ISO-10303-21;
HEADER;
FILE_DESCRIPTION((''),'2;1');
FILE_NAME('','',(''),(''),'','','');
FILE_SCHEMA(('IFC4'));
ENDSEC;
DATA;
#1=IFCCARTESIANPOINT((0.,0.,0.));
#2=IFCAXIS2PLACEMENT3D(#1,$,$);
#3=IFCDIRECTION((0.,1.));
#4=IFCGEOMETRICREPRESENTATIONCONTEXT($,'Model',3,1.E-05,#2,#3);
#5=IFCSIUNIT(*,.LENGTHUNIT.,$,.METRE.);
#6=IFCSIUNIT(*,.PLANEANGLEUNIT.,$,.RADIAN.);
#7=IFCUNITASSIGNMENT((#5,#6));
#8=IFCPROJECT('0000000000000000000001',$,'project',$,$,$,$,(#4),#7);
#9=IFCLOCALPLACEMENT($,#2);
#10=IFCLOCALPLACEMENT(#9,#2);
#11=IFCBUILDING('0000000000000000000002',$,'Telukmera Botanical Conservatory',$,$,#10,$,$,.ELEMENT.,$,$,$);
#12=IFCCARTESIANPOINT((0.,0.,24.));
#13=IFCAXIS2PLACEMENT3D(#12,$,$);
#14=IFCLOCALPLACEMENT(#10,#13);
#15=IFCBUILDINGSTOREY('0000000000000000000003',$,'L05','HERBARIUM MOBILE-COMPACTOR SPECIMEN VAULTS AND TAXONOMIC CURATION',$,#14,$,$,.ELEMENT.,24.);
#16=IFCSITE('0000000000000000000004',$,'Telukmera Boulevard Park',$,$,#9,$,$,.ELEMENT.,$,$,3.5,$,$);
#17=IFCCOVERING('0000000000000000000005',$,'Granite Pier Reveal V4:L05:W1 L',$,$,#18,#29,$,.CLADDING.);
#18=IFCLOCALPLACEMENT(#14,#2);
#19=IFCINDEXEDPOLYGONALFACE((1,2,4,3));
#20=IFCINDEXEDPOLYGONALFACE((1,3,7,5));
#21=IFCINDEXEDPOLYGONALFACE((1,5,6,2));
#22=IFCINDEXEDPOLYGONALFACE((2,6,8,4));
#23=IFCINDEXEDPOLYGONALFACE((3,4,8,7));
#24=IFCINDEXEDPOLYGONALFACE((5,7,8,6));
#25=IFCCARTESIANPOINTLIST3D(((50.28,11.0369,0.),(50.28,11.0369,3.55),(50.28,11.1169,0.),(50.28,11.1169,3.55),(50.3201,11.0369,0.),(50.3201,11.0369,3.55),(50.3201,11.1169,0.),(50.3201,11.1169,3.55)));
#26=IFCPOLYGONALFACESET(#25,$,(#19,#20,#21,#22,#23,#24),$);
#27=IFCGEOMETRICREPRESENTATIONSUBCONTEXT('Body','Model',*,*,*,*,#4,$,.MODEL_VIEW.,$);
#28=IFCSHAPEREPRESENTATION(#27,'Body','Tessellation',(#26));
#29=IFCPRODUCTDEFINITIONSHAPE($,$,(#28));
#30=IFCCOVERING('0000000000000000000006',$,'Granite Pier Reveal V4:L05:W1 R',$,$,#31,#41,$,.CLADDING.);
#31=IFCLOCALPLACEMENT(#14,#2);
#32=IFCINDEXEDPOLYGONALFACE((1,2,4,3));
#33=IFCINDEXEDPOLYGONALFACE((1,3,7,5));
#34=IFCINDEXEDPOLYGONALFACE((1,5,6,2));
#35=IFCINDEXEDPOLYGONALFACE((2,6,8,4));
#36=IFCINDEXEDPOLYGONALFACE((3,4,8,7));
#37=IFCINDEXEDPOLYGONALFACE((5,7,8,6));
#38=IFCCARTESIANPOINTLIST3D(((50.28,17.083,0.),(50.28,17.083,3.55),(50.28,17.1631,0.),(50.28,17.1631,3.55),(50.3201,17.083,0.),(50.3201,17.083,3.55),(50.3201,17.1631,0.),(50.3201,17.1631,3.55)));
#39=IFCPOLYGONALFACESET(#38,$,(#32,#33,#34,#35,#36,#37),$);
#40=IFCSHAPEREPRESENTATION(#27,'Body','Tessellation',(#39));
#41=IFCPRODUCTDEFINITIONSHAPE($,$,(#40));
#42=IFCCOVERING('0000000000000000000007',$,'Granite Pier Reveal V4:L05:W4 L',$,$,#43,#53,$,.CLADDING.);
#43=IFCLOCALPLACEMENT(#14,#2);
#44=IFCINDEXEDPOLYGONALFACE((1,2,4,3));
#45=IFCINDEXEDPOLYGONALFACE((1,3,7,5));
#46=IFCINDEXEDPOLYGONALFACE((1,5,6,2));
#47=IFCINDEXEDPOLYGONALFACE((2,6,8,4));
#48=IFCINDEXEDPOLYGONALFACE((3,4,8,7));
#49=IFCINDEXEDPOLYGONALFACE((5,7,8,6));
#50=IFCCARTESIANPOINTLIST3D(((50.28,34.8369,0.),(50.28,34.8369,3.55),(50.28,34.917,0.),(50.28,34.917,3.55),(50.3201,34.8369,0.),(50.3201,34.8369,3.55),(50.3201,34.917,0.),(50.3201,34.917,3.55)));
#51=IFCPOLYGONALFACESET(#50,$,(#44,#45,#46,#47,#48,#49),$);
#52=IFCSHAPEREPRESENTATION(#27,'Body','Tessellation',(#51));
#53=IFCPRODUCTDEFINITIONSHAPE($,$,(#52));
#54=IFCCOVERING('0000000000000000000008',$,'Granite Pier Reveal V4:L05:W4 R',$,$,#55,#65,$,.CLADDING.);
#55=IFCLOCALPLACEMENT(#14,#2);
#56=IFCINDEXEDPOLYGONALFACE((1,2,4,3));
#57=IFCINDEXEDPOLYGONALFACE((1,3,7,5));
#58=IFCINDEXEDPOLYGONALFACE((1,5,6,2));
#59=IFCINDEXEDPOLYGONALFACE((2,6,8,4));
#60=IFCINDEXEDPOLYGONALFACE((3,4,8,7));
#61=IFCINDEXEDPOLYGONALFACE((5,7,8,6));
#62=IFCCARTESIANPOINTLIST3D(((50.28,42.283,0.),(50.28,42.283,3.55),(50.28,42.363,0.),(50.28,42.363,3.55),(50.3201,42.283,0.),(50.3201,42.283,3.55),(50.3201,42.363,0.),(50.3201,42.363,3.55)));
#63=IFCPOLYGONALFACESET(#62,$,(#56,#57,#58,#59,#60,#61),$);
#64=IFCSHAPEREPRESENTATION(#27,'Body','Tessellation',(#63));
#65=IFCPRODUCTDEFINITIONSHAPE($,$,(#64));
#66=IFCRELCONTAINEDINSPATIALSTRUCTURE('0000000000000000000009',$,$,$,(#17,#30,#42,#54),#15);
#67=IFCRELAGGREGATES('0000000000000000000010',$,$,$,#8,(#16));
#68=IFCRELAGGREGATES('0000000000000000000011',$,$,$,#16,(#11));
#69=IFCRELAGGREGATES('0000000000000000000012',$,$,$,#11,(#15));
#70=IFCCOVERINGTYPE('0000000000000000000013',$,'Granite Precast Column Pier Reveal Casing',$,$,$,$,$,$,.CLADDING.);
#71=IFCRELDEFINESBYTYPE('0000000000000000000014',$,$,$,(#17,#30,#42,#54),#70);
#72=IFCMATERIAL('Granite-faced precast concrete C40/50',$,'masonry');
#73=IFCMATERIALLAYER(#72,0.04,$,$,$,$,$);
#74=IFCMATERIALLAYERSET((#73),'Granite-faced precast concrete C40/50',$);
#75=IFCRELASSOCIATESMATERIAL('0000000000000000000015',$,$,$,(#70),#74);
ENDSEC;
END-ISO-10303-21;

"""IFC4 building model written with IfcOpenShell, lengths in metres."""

from ifc_helpers import new_model, si_unit, direction, frame, origin, origin_2d, place, context, subcontext, project, spatial, rectangle, extrude, material, layer, layer_set, type_object, element, save


model = new_model("IFC4")

# Units and contexts
model_context = context("Model", 3, precision=1e-05, world=origin(), true_north=direction((0.0, 1.0)))
body_context = subcontext(model_context, "Body", "Model", "MODEL_VIEW")
ifc_project = project(units=[si_unit("LENGTHUNIT", "METRE"), si_unit("PLANEANGLEUNIT", "RADIAN")], contexts=[model_context])

# Site, building, storey
site_placement = place(None, origin())
site = spatial("IfcSite", under=ifc_project, at=site_placement, Name="Telukmera Boulevard Park", CompositionType="ELEMENT", RefElevation=3.5)
building_placement = place(site_placement, origin())
building = spatial("IfcBuilding", under=site, at=building_placement, Name="Telukmera Botanical Conservatory", CompositionType="ELEMENT")
storey_placement = place(building_placement, frame((0.0, 0.0, 24.0)))
storey = spatial("IfcBuildingStorey", under=building, at=storey_placement, Name="L05", Description="HERBARIUM MOBILE-COMPACTOR SPECIMEN VAULTS AND TAXONOMIC CURATION", CompositionType="ELEMENT", Elevation=24.0)

# Coverings
ifc_material_1 = material(Name="Granite-faced precast concrete C40/50", Category="masonry")
ifc_layer_1 = layer(ifc_material_1, 0.04)
ifc_layer_set_1 = layer_set([ifc_layer_1], Name="Granite-faced precast concrete C40/50")
covering_type = type_object("IfcCoveringType", Name="Granite Precast Column Pier Reveal Casing", PredefinedType="CLADDING", material=ifc_layer_set_1)
for number, where, z_axis, x_axis, name in (
    (1, (50.3, 11.0769, 0.0), (0.0, 0.0, 1.0), (0.0, 1.0, 0.0), "Granite Pier Reveal V4:L05:W1 L"),
    (2, (50.3, 17.123, 0.0), (0.0, 0.0, 1.0), (0.0, 1.0, 0.0), "Granite Pier Reveal V4:L05:W1 R"),
    (3, (50.3, 34.877, 0.0), (0.0, 0.0, 1.0), (0.0, 1.0, 0.0), "Granite Pier Reveal V4:L05:W4 L"),
    (4, (50.3, 42.323, 0.0), (0.0, 0.0, 1.0), (0.0, 1.0, 0.0), "Granite Pier Reveal V4:L05:W4 R"),
):
    element("IfcCovering", number, at=place(storey_placement, frame(where, z_axis=z_axis, x_axis=x_axis)), inside=storey, type_object=covering_type, Name=name, PredefinedType="CLADDING", context=body_context, shape_type="SweptSolid", body=[
        extrude(rectangle(XDim=0.0801, YDim=0.04, at=origin_2d()), origin(), (0.0, 0.0, 1.0), 3.55),
    ])

save(model, "model.ifc")
